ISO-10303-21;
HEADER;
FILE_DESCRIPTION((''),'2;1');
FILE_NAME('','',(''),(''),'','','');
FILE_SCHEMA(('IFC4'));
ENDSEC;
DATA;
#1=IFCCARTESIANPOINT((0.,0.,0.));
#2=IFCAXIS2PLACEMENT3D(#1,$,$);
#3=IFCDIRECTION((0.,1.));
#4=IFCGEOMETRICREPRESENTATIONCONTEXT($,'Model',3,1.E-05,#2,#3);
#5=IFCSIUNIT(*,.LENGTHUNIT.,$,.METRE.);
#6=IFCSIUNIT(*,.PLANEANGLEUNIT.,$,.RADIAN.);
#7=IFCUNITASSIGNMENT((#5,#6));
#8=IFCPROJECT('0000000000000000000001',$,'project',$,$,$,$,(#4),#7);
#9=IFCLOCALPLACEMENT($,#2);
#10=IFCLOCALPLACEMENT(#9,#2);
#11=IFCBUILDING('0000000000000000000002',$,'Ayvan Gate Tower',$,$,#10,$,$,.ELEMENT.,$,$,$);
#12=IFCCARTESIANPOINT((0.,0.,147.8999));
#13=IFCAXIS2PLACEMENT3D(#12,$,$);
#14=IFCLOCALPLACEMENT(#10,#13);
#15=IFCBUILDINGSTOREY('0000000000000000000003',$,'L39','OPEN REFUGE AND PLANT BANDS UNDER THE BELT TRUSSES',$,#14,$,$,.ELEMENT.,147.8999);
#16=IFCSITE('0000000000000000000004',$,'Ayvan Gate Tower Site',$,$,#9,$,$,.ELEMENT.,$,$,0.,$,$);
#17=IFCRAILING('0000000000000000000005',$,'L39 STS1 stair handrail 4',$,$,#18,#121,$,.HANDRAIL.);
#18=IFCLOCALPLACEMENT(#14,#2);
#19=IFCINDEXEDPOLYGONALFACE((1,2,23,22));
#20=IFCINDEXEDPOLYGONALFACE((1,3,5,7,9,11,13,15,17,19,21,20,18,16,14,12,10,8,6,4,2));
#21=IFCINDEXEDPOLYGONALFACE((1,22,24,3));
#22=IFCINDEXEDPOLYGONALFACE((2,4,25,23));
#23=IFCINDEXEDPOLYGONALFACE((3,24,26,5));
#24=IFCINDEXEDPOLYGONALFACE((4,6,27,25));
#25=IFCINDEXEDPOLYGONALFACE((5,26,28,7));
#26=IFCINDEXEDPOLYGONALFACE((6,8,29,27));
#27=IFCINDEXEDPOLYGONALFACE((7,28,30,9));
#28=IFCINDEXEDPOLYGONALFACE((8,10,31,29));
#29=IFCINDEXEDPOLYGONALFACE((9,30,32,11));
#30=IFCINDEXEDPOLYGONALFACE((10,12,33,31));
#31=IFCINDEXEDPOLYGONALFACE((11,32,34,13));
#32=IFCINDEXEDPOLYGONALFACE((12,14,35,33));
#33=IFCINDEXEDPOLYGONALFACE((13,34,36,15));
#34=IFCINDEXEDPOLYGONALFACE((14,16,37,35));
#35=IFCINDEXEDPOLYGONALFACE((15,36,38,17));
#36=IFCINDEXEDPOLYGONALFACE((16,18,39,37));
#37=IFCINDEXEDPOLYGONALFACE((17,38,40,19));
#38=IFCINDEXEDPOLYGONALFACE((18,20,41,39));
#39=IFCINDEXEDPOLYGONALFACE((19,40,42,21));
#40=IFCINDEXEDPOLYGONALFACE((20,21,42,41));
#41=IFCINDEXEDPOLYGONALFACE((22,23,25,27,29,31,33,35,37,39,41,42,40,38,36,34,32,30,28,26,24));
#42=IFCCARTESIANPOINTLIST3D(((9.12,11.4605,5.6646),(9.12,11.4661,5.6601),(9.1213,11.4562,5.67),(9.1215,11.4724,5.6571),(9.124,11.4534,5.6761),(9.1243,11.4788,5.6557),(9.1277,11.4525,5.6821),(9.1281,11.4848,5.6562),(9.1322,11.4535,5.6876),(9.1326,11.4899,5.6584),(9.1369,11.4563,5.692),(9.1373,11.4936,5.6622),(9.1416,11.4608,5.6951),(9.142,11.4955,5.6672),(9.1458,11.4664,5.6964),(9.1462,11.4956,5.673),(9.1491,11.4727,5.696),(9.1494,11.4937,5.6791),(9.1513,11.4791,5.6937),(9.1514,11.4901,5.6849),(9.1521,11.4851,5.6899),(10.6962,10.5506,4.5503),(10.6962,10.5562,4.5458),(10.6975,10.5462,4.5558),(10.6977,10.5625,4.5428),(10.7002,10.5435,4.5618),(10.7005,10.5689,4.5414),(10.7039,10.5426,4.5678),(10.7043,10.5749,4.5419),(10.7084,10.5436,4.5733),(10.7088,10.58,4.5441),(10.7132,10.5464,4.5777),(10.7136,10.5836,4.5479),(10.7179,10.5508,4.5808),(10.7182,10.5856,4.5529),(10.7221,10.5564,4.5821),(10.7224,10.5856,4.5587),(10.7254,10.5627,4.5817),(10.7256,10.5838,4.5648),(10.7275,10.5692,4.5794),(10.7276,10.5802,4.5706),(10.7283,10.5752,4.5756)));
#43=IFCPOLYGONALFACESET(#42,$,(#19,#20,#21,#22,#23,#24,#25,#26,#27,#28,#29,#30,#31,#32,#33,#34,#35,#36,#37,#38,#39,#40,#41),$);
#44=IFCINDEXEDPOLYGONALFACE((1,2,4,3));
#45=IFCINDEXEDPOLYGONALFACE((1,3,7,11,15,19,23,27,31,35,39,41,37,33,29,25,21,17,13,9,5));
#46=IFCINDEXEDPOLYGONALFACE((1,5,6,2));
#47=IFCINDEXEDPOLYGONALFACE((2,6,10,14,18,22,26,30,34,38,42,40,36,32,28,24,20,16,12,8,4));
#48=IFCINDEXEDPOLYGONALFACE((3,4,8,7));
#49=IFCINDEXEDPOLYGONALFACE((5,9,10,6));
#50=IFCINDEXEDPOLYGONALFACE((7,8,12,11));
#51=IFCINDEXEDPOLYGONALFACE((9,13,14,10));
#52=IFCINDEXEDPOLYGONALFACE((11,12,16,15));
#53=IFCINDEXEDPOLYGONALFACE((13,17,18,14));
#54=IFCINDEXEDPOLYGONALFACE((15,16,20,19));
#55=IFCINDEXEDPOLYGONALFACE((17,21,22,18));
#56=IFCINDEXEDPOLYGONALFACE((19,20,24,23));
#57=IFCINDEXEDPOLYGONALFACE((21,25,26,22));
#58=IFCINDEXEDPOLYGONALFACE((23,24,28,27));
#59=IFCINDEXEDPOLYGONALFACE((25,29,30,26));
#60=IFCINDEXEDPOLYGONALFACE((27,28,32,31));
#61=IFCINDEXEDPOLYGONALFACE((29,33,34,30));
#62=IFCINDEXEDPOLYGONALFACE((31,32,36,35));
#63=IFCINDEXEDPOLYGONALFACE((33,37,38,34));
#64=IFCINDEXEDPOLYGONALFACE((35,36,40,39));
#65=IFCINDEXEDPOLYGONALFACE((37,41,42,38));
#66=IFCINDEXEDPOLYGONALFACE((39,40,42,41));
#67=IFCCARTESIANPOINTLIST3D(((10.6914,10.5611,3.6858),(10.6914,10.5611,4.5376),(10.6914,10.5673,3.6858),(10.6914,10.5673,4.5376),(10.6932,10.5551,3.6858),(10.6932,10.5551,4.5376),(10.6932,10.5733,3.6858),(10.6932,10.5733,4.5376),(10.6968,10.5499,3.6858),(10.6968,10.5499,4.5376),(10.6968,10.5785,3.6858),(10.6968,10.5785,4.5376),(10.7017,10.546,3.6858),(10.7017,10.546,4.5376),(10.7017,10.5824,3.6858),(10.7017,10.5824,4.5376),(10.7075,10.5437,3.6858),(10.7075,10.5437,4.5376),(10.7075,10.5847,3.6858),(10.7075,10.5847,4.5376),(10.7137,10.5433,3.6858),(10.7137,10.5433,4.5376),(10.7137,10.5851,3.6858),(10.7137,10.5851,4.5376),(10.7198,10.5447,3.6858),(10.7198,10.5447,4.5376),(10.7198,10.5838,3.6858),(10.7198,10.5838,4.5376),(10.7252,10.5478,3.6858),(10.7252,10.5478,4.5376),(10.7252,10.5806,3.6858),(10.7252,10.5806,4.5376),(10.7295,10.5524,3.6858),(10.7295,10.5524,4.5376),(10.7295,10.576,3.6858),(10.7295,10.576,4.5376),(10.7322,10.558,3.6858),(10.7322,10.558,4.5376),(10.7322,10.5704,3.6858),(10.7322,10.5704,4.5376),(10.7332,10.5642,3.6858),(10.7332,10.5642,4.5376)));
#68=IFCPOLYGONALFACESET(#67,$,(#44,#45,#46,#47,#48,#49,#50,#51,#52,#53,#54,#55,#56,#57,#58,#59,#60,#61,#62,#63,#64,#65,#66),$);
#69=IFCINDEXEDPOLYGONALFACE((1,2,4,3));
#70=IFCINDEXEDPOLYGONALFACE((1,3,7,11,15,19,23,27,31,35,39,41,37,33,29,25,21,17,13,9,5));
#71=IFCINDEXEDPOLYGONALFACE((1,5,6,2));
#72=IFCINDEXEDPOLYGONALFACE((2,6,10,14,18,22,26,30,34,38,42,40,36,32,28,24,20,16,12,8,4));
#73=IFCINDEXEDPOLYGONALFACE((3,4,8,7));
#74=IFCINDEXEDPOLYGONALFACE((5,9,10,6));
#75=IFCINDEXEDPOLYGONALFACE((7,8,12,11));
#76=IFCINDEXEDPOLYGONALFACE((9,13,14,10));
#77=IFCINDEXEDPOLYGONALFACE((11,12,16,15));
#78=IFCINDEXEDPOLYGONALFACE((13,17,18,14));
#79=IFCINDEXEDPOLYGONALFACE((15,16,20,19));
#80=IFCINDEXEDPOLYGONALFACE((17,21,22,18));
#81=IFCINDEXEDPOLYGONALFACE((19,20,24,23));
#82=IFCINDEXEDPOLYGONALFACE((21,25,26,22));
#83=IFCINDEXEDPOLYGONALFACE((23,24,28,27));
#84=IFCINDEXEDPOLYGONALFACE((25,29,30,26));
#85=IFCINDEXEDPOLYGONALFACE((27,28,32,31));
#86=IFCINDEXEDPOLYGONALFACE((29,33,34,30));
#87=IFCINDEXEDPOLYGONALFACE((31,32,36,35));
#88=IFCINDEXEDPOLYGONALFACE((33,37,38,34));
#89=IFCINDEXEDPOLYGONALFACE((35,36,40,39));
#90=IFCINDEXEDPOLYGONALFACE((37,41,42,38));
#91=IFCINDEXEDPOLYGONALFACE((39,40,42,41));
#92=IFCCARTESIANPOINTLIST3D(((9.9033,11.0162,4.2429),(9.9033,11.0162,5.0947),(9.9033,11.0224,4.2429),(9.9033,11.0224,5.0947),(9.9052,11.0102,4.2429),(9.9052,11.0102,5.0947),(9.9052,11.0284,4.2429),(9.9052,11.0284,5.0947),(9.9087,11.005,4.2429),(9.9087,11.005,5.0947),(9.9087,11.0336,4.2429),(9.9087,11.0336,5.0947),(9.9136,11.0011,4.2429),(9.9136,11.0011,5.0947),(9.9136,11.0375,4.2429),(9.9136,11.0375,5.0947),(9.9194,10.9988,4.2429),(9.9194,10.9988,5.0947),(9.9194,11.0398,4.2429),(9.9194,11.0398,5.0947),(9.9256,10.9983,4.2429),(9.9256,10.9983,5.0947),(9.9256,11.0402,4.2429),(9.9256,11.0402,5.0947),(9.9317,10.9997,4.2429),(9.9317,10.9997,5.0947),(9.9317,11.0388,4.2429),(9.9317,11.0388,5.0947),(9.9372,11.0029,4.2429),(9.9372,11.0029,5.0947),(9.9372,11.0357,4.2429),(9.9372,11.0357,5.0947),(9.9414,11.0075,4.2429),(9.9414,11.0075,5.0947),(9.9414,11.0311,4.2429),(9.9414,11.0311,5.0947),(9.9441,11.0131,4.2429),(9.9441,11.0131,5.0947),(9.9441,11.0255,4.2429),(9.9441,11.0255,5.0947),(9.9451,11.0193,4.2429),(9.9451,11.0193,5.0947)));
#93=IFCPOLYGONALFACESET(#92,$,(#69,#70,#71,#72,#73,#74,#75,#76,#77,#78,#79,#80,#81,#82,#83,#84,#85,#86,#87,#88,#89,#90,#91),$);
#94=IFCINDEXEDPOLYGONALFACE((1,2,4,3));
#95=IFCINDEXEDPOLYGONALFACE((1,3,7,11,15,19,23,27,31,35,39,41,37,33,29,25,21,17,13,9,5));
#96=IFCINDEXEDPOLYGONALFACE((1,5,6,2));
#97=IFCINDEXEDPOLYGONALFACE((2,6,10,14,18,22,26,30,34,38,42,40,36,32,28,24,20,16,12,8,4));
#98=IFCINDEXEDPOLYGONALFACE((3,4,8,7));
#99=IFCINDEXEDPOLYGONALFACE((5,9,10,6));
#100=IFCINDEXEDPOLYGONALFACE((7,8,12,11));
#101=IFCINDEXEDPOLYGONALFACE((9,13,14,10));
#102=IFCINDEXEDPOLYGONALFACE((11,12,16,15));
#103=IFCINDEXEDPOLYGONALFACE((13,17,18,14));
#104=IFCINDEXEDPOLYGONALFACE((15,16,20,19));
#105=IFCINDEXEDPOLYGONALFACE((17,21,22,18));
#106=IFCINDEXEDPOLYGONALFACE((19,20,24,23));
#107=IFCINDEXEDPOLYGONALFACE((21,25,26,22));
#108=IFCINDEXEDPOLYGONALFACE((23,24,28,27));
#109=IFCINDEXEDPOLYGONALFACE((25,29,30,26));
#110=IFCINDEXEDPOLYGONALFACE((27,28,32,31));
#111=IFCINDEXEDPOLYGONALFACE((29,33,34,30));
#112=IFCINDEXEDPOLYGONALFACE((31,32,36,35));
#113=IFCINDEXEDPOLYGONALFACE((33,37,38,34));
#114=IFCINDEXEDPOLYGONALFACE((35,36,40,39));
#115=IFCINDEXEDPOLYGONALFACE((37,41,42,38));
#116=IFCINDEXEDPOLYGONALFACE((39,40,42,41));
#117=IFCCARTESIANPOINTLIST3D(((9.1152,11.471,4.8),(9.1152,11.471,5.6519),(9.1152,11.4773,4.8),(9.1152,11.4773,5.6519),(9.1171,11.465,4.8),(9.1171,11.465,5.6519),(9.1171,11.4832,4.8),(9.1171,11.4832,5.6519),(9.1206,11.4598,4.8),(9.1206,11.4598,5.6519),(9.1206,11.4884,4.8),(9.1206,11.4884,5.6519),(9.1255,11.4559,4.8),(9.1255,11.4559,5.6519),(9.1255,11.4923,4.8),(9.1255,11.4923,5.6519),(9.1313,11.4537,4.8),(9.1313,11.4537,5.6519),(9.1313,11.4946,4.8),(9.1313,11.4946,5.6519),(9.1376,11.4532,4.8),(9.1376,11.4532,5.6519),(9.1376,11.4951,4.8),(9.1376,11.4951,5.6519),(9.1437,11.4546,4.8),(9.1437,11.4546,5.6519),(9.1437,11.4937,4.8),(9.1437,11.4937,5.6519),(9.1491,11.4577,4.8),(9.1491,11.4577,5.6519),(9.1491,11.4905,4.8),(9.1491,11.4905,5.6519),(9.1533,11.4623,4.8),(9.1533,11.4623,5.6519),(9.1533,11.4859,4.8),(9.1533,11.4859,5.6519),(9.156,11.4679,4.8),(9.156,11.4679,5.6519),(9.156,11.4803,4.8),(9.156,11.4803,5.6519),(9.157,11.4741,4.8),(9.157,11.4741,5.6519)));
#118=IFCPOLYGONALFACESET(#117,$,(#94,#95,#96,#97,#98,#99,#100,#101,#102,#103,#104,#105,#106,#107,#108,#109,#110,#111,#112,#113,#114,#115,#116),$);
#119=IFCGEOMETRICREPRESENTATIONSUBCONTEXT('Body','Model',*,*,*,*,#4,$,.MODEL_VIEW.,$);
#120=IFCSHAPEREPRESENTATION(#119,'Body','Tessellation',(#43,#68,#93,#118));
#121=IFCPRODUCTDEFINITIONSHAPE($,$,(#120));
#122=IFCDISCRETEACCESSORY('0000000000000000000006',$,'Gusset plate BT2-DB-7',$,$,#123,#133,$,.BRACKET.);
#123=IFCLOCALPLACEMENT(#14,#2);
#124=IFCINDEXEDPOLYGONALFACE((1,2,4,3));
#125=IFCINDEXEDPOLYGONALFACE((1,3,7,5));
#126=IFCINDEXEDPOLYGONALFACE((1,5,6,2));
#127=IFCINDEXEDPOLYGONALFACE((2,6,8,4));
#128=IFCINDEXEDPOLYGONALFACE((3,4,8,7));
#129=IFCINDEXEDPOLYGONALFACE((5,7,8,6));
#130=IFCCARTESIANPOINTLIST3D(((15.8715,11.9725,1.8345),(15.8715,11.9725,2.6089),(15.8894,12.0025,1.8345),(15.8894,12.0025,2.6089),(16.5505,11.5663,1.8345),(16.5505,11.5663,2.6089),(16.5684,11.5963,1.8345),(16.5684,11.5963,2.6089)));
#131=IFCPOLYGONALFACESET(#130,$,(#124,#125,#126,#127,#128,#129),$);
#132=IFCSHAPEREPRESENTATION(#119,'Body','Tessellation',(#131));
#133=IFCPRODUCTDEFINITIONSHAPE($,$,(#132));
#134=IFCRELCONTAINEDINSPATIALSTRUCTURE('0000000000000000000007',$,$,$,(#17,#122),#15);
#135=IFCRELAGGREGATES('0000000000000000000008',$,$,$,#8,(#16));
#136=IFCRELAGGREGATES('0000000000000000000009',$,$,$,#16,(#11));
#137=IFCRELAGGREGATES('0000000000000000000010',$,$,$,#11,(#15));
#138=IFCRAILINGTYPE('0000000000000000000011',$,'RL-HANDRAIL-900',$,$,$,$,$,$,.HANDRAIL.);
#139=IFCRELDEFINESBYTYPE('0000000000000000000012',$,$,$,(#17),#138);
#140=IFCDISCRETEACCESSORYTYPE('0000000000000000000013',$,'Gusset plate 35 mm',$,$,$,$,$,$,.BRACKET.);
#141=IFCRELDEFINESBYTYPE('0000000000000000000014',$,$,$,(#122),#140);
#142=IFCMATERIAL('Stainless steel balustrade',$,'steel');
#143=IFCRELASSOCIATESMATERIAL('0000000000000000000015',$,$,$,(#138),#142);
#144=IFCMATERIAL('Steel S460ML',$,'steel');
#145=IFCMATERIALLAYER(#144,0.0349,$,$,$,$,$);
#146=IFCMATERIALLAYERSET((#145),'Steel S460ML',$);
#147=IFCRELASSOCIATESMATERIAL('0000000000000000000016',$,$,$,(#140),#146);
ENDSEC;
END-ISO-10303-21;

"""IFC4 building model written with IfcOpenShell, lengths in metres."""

from ifc_helpers import new_model, si_unit, direction, frame, origin, origin_2d, place, context, subcontext, project, spatial, rectangle, circle, extrude, material, layer, layer_set, type_object, element, save


model = new_model("IFC4")

# Units and contexts
model_context = context("Model", 3, precision=1e-05, world=origin(), true_north=direction((0.0, 1.0)))
body_context = subcontext(model_context, "Body", "Model", "MODEL_VIEW")
ifc_project = project(units=[si_unit("LENGTHUNIT", "METRE"), si_unit("PLANEANGLEUNIT", "RADIAN")], contexts=[model_context])

# Site, building, storey
site_placement = place(None, origin())
site = spatial("IfcSite", under=ifc_project, at=site_placement, Name="Ayvan Gate Tower Site", CompositionType="ELEMENT", RefElevation=0.0)
building_placement = place(site_placement, origin())
building = spatial("IfcBuilding", under=site, at=building_placement, Name="Ayvan Gate Tower", CompositionType="ELEMENT")
storey_placement = place(building_placement, frame((0.0, 0.0, 147.8999)))
storey = spatial("IfcBuildingStorey", under=building, at=storey_placement, Name="L39", Description="OPEN REFUGE AND PLANT BANDS UNDER THE BELT TRUSSES", CompositionType="ELEMENT", Elevation=147.8999)

# Railing
ifc_material_1 = material(Name="Stainless steel balustrade", Category="steel")
railing_type_1 = type_object("IfcRailingType", Name="RL-HANDRAIL-900", PredefinedType="HANDRAIL", material=ifc_material_1)
for number, where, name in (
    (1, (10.7122, 10.5642, 3.6858), "L39 STS1 stair handrail 4"),
):
    element("IfcRailing", number, at=place(storey_placement, frame(where)), inside=storey, type_object=railing_type_1, Name=name, PredefinedType="HANDRAIL", context=body_context, shape_type="SweptSolid", body=[
        extrude(circle(Radius=0.0239, at=origin_2d()), frame((0.0, 0.0, 0.876), z_axis=(-0.73861, 0.426394, 0.522153), x_axis=(-0.499962, -0.866047, 0.0)), (0.0, 0.0, 1.0), 2.134),
        extrude(circle(Radius=0.021, at=origin_2d()), origin(), (0.0, 0.0, 1.0), 0.8518),
        extrude(circle(Radius=0.021, at=origin_2d()), frame((-0.7881, 0.4551, 0.5571)), (0.0, 0.0, 1.0), 0.8518),
        extrude(circle(Radius=0.021, at=origin_2d()), frame((-1.5762, 0.9099, 1.1143)), (0.0, 0.0, 1.0), 0.8518),
    ])

# Discrete accessory
ifc_material_2 = material(Name="Steel S460ML", Category="steel")
ifc_layer_1 = layer(ifc_material_2, 0.0349)
ifc_layer_set_1 = layer_set([ifc_layer_1], Name="Steel S460ML")
discrete_accessory_type = type_object("IfcDiscreteAccessoryType", Name="Gusset plate 35 mm", PredefinedType="BRACKET", material=ifc_layer_set_1)
discrete_accessory_placement = place(storey_placement, frame((16.22, 11.7844, 1.8345), z_axis=(0.0, 0.0, 1.0), x_axis=(-0.858165, 0.513374, 0.0)))
element("IfcDiscreteAccessory", 2, at=discrete_accessory_placement, inside=storey, type_object=discrete_accessory_type, Name="Gusset plate BT2-DB-7", PredefinedType="BRACKET", context=body_context, shape_type="SweptSolid", body=[
    extrude(rectangle(XDim=0.7913, YDim=0.0349, at=origin_2d()), origin(), (0.0, 0.0, 1.0), 0.7744),
])

save(model, "model.ifc")
